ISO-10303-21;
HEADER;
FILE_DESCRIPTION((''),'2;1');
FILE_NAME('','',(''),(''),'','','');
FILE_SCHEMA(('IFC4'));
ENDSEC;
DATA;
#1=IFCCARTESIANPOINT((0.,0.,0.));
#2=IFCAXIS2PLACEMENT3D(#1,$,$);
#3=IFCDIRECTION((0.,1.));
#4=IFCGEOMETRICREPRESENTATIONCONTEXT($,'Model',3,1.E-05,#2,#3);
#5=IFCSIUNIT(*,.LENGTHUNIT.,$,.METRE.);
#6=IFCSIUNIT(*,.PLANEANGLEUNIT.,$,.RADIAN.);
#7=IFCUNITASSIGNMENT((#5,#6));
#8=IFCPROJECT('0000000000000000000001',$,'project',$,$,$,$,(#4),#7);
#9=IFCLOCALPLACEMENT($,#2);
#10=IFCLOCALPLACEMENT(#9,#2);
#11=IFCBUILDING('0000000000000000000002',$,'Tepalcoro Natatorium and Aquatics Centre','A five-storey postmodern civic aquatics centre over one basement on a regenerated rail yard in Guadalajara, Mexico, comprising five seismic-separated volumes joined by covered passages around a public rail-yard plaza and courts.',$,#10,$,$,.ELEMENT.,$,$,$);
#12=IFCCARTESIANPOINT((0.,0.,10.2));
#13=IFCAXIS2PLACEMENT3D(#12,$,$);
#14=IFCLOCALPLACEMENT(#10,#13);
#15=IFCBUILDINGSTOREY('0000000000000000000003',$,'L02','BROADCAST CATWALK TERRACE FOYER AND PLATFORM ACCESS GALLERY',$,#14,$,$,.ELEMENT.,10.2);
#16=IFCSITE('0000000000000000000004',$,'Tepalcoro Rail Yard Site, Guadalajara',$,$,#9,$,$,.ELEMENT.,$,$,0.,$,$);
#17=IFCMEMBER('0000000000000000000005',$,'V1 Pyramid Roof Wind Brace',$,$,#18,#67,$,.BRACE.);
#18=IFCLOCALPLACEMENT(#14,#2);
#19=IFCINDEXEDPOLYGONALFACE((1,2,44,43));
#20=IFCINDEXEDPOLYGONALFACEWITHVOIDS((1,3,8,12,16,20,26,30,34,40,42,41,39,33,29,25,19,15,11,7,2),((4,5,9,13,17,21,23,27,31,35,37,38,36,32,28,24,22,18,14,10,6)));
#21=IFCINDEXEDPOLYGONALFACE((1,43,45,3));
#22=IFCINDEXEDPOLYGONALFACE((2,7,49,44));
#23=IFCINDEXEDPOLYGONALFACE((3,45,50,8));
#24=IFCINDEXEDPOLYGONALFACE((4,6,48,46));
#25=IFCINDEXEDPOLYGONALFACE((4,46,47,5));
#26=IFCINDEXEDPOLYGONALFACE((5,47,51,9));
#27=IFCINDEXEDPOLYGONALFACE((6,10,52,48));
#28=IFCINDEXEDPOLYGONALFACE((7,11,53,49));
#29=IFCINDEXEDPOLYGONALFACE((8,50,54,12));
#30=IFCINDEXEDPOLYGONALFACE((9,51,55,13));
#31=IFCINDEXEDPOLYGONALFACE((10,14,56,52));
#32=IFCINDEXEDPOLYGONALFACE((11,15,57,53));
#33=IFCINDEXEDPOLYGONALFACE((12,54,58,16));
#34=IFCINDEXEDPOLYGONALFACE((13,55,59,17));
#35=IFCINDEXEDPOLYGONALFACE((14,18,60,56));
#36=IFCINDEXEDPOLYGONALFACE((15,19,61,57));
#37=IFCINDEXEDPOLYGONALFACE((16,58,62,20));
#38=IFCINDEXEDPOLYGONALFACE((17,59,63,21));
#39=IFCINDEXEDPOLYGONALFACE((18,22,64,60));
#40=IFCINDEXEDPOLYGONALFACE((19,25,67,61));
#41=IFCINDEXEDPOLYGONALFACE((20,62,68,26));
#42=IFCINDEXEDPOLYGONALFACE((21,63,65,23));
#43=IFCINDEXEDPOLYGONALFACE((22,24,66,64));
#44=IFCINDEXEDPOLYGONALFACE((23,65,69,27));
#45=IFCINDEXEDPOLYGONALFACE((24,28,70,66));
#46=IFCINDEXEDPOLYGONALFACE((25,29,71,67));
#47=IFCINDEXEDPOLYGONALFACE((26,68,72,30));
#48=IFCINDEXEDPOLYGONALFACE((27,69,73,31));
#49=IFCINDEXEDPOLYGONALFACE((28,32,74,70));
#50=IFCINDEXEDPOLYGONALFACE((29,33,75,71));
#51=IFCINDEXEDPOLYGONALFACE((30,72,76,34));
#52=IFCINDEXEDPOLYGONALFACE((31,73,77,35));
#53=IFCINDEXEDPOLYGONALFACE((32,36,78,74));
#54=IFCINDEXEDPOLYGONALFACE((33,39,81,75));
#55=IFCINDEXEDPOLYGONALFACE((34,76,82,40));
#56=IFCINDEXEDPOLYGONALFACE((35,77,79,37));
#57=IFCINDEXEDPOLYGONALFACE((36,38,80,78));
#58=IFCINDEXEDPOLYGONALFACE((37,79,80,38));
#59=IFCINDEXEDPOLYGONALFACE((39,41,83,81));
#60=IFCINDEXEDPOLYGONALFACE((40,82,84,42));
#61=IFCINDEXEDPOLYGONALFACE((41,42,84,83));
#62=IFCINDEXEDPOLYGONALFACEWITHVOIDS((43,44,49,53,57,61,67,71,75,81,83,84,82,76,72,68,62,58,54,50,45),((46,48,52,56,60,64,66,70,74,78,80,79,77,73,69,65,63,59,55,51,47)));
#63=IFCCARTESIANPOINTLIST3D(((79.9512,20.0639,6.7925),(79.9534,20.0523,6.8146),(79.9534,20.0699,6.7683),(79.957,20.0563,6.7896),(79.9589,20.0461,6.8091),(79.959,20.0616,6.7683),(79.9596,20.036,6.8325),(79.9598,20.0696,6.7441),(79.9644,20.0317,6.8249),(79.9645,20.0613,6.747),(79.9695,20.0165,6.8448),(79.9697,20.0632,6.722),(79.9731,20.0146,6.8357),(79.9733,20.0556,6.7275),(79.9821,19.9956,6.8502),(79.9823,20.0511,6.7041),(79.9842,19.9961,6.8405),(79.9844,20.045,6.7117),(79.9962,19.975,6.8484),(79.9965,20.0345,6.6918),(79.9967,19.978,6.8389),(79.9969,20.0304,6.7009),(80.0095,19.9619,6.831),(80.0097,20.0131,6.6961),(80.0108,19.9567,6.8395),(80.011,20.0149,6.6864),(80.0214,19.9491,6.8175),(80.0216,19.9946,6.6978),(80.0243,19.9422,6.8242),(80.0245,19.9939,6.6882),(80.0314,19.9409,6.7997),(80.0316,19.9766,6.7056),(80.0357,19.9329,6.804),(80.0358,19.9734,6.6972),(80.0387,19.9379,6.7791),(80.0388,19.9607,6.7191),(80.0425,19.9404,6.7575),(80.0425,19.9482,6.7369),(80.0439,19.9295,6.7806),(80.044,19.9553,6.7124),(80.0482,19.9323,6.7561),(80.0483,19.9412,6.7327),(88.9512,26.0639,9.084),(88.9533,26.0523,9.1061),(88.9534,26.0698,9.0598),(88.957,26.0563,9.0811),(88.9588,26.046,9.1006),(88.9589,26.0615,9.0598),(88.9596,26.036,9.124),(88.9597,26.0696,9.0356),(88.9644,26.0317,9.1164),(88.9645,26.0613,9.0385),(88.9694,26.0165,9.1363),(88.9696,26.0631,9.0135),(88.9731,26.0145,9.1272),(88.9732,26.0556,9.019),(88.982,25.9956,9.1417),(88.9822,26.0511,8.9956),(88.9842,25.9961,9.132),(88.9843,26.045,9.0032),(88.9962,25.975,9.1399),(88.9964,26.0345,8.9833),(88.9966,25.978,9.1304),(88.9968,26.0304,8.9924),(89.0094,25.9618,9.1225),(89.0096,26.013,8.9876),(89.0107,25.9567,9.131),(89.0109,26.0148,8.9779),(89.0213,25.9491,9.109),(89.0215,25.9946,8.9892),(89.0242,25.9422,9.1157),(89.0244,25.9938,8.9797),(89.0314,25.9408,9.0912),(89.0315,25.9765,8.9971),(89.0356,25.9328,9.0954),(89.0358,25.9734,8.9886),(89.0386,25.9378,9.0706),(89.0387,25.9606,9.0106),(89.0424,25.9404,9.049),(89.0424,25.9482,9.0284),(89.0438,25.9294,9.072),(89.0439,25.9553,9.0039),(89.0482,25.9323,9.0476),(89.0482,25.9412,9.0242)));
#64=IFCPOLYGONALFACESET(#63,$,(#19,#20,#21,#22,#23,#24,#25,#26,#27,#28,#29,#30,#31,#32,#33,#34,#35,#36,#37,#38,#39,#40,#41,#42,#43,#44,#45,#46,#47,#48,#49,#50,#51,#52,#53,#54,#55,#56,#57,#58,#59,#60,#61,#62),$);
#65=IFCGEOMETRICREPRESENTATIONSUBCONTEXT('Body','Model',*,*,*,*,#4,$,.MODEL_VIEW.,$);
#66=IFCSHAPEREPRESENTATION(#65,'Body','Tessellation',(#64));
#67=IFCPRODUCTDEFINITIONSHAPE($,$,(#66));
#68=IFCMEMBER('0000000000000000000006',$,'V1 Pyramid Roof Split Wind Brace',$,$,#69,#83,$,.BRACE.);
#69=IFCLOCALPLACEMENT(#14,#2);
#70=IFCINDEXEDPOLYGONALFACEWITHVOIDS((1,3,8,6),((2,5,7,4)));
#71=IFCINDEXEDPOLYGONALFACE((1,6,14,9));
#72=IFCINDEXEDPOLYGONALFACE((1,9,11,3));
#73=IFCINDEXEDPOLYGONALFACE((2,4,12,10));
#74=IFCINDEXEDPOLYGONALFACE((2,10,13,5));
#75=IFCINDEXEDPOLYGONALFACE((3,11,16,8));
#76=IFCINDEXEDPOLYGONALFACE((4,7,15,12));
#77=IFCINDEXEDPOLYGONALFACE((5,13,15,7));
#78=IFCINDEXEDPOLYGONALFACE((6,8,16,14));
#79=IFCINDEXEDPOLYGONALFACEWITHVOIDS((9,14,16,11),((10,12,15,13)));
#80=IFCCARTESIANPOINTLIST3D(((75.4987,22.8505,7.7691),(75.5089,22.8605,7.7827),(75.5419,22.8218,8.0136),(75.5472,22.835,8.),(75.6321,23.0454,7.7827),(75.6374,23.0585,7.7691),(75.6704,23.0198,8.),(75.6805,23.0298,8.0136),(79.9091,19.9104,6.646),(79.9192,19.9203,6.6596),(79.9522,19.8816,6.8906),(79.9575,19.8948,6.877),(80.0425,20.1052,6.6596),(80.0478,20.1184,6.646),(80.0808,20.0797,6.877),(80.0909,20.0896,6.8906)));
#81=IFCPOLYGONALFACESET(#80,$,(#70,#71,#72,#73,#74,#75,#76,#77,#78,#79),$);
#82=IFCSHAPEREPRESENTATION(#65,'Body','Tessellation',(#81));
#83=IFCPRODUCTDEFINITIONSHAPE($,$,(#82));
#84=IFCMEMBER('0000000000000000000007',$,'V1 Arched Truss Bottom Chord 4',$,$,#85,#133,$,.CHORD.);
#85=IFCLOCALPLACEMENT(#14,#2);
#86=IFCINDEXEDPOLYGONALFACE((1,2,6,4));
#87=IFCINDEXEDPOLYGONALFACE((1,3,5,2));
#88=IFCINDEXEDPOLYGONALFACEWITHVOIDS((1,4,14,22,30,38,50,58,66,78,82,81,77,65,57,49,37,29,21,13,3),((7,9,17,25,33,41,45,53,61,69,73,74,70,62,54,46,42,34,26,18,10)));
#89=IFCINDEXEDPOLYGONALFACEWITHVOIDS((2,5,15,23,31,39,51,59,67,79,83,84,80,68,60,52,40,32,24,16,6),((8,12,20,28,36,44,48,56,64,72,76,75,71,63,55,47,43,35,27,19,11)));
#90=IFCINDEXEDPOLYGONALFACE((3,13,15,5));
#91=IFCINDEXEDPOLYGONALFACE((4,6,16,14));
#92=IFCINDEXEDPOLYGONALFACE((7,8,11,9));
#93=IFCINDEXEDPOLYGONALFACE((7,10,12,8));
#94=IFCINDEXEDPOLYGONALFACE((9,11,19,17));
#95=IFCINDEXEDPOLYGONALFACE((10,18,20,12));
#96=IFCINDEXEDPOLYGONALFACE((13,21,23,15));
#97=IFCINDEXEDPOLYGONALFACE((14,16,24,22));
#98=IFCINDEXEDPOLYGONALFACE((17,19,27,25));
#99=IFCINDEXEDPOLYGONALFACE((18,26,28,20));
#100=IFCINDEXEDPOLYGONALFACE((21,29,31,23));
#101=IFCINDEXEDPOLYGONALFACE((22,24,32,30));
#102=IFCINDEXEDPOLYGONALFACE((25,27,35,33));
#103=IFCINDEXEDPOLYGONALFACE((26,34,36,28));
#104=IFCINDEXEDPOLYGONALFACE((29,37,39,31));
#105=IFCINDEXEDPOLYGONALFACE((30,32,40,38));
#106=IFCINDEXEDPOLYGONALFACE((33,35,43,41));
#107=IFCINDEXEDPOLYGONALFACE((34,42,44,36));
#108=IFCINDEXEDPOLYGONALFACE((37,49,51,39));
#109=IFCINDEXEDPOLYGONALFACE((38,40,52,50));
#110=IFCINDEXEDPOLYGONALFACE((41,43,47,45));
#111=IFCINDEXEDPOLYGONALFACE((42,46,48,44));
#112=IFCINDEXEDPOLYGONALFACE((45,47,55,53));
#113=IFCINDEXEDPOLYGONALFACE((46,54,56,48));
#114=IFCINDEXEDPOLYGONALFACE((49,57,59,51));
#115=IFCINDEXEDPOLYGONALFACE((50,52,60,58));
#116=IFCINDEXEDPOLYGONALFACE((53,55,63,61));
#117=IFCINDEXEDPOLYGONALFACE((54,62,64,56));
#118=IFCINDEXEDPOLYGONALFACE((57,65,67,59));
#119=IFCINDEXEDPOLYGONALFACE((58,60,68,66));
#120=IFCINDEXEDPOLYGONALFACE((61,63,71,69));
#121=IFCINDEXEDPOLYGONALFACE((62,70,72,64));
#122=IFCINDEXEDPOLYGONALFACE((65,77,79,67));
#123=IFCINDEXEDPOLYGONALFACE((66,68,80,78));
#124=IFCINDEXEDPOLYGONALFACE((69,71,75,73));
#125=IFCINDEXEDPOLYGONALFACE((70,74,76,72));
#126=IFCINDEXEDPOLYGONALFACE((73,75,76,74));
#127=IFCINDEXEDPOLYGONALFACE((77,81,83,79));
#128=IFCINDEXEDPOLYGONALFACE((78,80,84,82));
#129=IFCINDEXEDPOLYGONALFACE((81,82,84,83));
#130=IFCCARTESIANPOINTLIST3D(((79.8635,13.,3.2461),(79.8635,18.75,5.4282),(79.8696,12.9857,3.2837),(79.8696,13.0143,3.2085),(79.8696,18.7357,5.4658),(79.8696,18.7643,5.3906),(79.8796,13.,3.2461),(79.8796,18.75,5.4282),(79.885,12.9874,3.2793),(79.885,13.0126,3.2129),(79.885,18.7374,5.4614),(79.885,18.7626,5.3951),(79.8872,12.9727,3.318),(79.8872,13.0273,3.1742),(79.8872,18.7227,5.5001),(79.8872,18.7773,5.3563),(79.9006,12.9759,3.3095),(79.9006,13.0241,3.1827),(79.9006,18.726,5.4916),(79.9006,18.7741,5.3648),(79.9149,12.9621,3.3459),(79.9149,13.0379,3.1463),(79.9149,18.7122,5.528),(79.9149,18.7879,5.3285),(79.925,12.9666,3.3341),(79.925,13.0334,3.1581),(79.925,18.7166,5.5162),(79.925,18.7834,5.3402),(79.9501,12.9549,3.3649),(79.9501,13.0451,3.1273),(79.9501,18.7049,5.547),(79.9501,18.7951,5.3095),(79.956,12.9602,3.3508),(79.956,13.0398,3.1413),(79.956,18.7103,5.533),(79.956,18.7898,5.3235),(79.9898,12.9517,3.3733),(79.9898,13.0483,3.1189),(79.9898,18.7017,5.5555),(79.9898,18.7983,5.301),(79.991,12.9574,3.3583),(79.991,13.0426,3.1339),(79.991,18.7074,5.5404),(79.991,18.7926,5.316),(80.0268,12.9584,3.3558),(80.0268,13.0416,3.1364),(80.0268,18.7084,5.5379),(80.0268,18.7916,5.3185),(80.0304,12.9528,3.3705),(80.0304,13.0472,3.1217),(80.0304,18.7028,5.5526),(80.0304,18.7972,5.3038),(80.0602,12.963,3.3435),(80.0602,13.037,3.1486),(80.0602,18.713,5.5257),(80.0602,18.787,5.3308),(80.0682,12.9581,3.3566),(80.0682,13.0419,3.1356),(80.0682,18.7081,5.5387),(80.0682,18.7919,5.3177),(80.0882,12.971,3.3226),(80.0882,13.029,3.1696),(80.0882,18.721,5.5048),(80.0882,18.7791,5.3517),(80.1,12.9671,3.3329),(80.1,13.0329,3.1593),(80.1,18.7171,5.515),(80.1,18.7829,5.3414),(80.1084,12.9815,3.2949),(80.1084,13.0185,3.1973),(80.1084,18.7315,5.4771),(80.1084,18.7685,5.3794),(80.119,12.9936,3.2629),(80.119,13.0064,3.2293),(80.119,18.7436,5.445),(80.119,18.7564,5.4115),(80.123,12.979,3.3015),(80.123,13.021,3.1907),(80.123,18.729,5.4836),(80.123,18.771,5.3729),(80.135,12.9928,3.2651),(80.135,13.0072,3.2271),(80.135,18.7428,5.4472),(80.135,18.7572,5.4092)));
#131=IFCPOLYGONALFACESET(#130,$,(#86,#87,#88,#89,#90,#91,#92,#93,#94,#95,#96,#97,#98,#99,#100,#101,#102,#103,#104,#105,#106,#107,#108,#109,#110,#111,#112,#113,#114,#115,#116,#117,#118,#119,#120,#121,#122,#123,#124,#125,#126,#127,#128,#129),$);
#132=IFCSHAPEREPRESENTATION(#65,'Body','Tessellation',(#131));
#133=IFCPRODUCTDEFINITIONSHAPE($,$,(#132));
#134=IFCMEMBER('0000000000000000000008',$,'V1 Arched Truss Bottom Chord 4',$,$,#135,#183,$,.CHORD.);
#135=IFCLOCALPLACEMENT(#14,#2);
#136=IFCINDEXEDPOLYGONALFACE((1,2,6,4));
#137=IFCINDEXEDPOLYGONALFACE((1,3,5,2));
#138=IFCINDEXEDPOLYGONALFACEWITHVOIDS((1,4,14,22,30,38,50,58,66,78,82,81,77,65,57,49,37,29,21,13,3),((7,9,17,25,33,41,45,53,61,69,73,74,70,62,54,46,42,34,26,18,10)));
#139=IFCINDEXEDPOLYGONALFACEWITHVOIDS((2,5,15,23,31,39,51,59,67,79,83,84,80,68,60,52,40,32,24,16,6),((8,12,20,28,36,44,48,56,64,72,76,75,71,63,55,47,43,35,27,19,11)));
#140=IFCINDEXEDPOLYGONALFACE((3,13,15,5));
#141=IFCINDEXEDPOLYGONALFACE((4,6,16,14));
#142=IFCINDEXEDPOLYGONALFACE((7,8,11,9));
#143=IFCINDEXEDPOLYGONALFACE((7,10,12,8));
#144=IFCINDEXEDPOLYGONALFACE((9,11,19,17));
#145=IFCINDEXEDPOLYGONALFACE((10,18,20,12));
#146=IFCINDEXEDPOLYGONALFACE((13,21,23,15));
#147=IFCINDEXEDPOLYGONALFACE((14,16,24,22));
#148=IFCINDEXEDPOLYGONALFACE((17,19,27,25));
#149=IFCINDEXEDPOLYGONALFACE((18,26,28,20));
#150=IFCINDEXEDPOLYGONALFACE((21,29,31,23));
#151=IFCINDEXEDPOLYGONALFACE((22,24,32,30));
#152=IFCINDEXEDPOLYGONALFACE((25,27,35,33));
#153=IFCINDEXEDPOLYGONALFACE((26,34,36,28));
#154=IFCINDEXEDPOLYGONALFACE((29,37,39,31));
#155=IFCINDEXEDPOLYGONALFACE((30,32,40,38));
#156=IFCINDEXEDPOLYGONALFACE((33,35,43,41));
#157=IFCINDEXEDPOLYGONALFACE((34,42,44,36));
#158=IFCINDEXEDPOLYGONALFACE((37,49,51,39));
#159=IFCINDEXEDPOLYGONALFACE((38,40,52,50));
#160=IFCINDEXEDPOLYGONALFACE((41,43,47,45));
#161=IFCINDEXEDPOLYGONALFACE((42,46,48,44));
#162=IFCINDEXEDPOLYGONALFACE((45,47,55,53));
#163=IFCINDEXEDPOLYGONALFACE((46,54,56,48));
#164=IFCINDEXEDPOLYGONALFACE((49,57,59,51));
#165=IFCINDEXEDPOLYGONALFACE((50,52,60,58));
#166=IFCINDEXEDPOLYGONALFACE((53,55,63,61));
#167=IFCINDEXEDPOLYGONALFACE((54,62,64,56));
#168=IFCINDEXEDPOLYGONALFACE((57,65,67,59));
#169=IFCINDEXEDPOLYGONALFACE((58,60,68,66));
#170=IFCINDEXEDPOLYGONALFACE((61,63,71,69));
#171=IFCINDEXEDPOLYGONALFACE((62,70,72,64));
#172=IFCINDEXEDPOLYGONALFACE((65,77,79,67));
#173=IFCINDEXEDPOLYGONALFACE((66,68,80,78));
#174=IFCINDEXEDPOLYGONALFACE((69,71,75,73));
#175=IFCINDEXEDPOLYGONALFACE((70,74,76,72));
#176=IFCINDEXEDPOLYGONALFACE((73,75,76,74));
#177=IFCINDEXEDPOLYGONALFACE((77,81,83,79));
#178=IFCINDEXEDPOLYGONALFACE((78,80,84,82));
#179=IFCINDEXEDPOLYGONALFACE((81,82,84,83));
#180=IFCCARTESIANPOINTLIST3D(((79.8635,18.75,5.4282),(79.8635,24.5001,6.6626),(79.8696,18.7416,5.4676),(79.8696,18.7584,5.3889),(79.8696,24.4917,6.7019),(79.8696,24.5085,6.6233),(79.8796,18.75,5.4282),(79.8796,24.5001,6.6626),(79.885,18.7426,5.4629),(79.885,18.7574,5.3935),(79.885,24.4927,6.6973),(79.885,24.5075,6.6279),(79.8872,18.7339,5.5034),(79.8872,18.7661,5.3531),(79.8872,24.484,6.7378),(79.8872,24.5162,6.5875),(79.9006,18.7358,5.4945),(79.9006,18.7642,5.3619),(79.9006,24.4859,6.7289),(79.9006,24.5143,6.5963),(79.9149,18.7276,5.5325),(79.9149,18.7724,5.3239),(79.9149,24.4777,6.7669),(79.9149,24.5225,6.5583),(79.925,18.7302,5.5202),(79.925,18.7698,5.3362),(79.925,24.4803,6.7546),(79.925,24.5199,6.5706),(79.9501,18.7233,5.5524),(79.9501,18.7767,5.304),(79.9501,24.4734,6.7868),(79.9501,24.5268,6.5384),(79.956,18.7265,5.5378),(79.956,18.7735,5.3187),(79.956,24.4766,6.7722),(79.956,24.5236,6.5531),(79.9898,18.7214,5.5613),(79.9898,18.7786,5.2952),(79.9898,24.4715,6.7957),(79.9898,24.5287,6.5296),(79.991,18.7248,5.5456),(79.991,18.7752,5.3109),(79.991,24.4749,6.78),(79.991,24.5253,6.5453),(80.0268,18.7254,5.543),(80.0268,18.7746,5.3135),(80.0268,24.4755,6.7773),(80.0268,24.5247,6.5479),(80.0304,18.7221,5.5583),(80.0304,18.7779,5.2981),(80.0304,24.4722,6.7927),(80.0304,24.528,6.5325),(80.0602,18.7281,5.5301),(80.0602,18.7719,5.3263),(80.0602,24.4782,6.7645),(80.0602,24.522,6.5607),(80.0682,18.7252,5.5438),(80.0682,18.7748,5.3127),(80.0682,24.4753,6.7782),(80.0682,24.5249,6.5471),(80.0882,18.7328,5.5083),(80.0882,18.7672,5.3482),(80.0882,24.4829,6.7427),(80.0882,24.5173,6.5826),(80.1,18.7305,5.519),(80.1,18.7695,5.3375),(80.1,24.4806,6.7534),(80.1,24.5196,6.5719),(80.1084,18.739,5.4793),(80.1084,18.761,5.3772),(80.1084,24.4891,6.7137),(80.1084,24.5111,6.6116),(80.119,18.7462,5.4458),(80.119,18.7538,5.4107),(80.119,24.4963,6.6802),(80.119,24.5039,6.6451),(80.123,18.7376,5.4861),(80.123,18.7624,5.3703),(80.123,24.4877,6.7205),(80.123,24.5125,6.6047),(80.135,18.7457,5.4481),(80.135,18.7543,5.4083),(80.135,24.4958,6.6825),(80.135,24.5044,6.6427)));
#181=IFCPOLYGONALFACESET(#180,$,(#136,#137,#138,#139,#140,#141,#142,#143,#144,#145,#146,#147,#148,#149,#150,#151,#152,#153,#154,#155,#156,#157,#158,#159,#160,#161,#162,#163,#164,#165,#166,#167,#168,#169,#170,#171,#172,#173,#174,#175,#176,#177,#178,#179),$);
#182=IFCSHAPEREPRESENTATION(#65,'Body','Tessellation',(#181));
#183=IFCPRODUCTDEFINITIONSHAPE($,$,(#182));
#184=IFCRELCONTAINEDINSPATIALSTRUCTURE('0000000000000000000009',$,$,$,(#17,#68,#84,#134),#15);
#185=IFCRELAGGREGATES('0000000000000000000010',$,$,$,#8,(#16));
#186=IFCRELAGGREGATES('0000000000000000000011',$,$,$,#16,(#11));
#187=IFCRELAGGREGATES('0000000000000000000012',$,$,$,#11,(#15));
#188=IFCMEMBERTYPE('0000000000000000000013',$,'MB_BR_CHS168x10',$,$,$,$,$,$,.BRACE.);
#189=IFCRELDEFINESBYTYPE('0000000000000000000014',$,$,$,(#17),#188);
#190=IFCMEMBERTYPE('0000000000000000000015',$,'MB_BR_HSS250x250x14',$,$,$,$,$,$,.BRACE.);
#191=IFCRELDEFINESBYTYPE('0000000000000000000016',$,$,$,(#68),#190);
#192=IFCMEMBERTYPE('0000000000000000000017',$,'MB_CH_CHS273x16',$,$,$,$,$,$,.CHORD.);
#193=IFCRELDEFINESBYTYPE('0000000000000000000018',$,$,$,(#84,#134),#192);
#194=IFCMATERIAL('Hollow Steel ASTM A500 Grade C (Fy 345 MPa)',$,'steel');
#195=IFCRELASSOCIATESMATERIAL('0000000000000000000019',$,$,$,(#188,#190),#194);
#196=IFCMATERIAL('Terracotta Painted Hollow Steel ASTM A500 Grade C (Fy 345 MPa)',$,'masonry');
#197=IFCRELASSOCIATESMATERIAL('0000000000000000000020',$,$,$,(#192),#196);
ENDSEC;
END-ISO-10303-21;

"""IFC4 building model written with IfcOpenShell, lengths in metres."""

from ifc_helpers import new_model, si_unit, direction, frame, origin, origin_2d, place, context, subcontext, project, spatial, hollow_rectangle, hollow_circle, extrude, material, material_profile, profile_set, type_object, element, save


model = new_model("IFC4")

# Units and contexts
model_context = context("Model", 3, precision=1e-05, world=origin(), true_north=direction((0.0, 1.0)))
body_context = subcontext(model_context, "Body", "Model", "MODEL_VIEW")
ifc_project = project(units=[si_unit("LENGTHUNIT", "METRE"), si_unit("PLANEANGLEUNIT", "RADIAN")], contexts=[model_context])

# Site, building, storey
site_placement = place(None, origin())
site = spatial("IfcSite", under=ifc_project, at=site_placement, Name="Tepalcoro Rail Yard Site, Guadalajara", CompositionType="ELEMENT", RefElevation=0.0)
building_placement = place(site_placement, origin())
building = spatial("IfcBuilding", under=site, at=building_placement, Name="Tepalcoro Natatorium and Aquatics Centre", Description="A five-storey postmodern civic aquatics centre over one basement on a regenerated rail yard in Guadalajara, Mexico, comprising five seismic-separated volumes joined by covered passages around a public rail-yard plaza and courts.", CompositionType="ELEMENT")
storey_placement = place(building_placement, frame((0.0, 0.0, 10.2)))
storey = spatial("IfcBuildingStorey", under=building, at=storey_placement, Name="L02", Description="BROADCAST CATWALK TERRACE FOYER AND PLATFORM ACCESS GALLERY", CompositionType="ELEMENT", Elevation=10.2)

# Shared definitions
ifc_material_1 = material(Name="Terracotta Painted Hollow Steel ASTM A500 Grade C (Fy 345 MPa)", Category="masonry")

# Members
ifc_material_2 = material(Name="Hollow Steel ASTM A500 Grade C (Fy 345 MPa)", Category="steel")
ifc_material_profile_1 = material_profile(ifc_material_2, hollow_circle(Radius=0.084, WallThickness=0.01, at=origin_2d()), Name="CHS168X10")
ifc_profile_set_1 = profile_set([ifc_material_profile_1], Name="Hollow Steel ASTM A500 Grade C (Fy 345 MPa)")
member_type_1 = type_object("IfcMemberType", Name="MB_BR_CHS168x10", PredefinedType="BRACE", material=ifc_profile_set_1)
member_1_placement = place(storey_placement, frame((80.0, 20.0, 6.7683), z_axis=(0.813985, 0.542657, 0.20725), x_axis=(-0.5547, 0.83205, 0.0)))
element("IfcMember", 1, at=member_1_placement, inside=storey, type_object=member_type_1, Name="V1 Pyramid Roof Wind Brace", PredefinedType="BRACE", context=body_context, shape_type="SweptSolid", body=[
    extrude(hollow_circle(Radius=0.084, WallThickness=0.01, at=origin_2d()), origin(), (0.0, 0.0, 1.0), 11.0566),
])
ifc_material_profile_2 = material_profile(ifc_material_2, hollow_rectangle(XDim=0.25, YDim=0.25, WallThickness=0.0139, at=origin_2d()), Name="HSS250X250X14")
ifc_profile_set_2 = profile_set([ifc_material_profile_2], Name="Hollow Steel ASTM A500 Grade C (Fy 345 MPa)")
member_type_2 = type_object("IfcMemberType", Name="MB_BR_HSS250x250x14", PredefinedType="BRACE", material=ifc_profile_set_2)
member_2_placement = place(storey_placement, frame((80.0, 20.0, 6.7683), z_axis=(-0.813988, 0.542644, 0.207271), x_axis=(-0.55469, -0.832057, 0.0)))
element("IfcMember", 2, at=member_2_placement, inside=storey, type_object=member_type_2, Name="V1 Pyramid Roof Split Wind Brace", PredefinedType="BRACE", context=body_context, shape_type="SweptSolid", body=[
    extrude(hollow_rectangle(XDim=0.25, YDim=0.25, WallThickness=0.0139, at=origin_2d()), origin(), (0.0, 0.0, 1.0), 5.4182),
])
ifc_material_profile_3 = material_profile(ifc_material_1, hollow_circle(Radius=0.1365, WallThickness=0.0161, at=origin_2d()), Name="CHS273X16")
ifc_profile_set_3 = profile_set([ifc_material_profile_3], Name="Terracotta Painted Hollow Steel ASTM A500 Grade C (Fy 345 MPa)")
member_type_3 = type_object("IfcMemberType", Name="MB_CH_CHS273x16", PredefinedType="CHORD", material=ifc_profile_set_3)
member_3_placement = place(storey_placement, frame((80.0, 13.0, 3.2461), z_axis=(0.0, 0.934939, 0.35481), x_axis=(-1.0, 0.0, 0.0)))
element("IfcMember", 3, at=member_3_placement, inside=storey, type_object=member_type_3, Name="V1 Arched Truss Bottom Chord 4", PredefinedType="CHORD", context=body_context, shape_type="SweptSolid", body=[
    extrude(hollow_circle(Radius=0.1365, WallThickness=0.0161, at=origin_2d()), origin(), (0.0, 0.0, 1.0), 6.1501),
])
member_4_placement = place(storey_placement, frame((80.0, 18.75, 5.4282), z_axis=(0.0, 0.977725, 0.209892), x_axis=(-1.0, 0.0, 0.0)))
element("IfcMember", 4, at=member_4_placement, inside=storey, type_object=member_type_3, Name="V1 Arched Truss Bottom Chord 4", PredefinedType="CHORD", context=body_context, shape_type="SweptSolid", body=[
    extrude(hollow_circle(Radius=0.1365, WallThickness=0.0161, at=origin_2d()), origin(), (0.0, 0.0, 1.0), 5.8811),
])

save(model, "model.ifc")
